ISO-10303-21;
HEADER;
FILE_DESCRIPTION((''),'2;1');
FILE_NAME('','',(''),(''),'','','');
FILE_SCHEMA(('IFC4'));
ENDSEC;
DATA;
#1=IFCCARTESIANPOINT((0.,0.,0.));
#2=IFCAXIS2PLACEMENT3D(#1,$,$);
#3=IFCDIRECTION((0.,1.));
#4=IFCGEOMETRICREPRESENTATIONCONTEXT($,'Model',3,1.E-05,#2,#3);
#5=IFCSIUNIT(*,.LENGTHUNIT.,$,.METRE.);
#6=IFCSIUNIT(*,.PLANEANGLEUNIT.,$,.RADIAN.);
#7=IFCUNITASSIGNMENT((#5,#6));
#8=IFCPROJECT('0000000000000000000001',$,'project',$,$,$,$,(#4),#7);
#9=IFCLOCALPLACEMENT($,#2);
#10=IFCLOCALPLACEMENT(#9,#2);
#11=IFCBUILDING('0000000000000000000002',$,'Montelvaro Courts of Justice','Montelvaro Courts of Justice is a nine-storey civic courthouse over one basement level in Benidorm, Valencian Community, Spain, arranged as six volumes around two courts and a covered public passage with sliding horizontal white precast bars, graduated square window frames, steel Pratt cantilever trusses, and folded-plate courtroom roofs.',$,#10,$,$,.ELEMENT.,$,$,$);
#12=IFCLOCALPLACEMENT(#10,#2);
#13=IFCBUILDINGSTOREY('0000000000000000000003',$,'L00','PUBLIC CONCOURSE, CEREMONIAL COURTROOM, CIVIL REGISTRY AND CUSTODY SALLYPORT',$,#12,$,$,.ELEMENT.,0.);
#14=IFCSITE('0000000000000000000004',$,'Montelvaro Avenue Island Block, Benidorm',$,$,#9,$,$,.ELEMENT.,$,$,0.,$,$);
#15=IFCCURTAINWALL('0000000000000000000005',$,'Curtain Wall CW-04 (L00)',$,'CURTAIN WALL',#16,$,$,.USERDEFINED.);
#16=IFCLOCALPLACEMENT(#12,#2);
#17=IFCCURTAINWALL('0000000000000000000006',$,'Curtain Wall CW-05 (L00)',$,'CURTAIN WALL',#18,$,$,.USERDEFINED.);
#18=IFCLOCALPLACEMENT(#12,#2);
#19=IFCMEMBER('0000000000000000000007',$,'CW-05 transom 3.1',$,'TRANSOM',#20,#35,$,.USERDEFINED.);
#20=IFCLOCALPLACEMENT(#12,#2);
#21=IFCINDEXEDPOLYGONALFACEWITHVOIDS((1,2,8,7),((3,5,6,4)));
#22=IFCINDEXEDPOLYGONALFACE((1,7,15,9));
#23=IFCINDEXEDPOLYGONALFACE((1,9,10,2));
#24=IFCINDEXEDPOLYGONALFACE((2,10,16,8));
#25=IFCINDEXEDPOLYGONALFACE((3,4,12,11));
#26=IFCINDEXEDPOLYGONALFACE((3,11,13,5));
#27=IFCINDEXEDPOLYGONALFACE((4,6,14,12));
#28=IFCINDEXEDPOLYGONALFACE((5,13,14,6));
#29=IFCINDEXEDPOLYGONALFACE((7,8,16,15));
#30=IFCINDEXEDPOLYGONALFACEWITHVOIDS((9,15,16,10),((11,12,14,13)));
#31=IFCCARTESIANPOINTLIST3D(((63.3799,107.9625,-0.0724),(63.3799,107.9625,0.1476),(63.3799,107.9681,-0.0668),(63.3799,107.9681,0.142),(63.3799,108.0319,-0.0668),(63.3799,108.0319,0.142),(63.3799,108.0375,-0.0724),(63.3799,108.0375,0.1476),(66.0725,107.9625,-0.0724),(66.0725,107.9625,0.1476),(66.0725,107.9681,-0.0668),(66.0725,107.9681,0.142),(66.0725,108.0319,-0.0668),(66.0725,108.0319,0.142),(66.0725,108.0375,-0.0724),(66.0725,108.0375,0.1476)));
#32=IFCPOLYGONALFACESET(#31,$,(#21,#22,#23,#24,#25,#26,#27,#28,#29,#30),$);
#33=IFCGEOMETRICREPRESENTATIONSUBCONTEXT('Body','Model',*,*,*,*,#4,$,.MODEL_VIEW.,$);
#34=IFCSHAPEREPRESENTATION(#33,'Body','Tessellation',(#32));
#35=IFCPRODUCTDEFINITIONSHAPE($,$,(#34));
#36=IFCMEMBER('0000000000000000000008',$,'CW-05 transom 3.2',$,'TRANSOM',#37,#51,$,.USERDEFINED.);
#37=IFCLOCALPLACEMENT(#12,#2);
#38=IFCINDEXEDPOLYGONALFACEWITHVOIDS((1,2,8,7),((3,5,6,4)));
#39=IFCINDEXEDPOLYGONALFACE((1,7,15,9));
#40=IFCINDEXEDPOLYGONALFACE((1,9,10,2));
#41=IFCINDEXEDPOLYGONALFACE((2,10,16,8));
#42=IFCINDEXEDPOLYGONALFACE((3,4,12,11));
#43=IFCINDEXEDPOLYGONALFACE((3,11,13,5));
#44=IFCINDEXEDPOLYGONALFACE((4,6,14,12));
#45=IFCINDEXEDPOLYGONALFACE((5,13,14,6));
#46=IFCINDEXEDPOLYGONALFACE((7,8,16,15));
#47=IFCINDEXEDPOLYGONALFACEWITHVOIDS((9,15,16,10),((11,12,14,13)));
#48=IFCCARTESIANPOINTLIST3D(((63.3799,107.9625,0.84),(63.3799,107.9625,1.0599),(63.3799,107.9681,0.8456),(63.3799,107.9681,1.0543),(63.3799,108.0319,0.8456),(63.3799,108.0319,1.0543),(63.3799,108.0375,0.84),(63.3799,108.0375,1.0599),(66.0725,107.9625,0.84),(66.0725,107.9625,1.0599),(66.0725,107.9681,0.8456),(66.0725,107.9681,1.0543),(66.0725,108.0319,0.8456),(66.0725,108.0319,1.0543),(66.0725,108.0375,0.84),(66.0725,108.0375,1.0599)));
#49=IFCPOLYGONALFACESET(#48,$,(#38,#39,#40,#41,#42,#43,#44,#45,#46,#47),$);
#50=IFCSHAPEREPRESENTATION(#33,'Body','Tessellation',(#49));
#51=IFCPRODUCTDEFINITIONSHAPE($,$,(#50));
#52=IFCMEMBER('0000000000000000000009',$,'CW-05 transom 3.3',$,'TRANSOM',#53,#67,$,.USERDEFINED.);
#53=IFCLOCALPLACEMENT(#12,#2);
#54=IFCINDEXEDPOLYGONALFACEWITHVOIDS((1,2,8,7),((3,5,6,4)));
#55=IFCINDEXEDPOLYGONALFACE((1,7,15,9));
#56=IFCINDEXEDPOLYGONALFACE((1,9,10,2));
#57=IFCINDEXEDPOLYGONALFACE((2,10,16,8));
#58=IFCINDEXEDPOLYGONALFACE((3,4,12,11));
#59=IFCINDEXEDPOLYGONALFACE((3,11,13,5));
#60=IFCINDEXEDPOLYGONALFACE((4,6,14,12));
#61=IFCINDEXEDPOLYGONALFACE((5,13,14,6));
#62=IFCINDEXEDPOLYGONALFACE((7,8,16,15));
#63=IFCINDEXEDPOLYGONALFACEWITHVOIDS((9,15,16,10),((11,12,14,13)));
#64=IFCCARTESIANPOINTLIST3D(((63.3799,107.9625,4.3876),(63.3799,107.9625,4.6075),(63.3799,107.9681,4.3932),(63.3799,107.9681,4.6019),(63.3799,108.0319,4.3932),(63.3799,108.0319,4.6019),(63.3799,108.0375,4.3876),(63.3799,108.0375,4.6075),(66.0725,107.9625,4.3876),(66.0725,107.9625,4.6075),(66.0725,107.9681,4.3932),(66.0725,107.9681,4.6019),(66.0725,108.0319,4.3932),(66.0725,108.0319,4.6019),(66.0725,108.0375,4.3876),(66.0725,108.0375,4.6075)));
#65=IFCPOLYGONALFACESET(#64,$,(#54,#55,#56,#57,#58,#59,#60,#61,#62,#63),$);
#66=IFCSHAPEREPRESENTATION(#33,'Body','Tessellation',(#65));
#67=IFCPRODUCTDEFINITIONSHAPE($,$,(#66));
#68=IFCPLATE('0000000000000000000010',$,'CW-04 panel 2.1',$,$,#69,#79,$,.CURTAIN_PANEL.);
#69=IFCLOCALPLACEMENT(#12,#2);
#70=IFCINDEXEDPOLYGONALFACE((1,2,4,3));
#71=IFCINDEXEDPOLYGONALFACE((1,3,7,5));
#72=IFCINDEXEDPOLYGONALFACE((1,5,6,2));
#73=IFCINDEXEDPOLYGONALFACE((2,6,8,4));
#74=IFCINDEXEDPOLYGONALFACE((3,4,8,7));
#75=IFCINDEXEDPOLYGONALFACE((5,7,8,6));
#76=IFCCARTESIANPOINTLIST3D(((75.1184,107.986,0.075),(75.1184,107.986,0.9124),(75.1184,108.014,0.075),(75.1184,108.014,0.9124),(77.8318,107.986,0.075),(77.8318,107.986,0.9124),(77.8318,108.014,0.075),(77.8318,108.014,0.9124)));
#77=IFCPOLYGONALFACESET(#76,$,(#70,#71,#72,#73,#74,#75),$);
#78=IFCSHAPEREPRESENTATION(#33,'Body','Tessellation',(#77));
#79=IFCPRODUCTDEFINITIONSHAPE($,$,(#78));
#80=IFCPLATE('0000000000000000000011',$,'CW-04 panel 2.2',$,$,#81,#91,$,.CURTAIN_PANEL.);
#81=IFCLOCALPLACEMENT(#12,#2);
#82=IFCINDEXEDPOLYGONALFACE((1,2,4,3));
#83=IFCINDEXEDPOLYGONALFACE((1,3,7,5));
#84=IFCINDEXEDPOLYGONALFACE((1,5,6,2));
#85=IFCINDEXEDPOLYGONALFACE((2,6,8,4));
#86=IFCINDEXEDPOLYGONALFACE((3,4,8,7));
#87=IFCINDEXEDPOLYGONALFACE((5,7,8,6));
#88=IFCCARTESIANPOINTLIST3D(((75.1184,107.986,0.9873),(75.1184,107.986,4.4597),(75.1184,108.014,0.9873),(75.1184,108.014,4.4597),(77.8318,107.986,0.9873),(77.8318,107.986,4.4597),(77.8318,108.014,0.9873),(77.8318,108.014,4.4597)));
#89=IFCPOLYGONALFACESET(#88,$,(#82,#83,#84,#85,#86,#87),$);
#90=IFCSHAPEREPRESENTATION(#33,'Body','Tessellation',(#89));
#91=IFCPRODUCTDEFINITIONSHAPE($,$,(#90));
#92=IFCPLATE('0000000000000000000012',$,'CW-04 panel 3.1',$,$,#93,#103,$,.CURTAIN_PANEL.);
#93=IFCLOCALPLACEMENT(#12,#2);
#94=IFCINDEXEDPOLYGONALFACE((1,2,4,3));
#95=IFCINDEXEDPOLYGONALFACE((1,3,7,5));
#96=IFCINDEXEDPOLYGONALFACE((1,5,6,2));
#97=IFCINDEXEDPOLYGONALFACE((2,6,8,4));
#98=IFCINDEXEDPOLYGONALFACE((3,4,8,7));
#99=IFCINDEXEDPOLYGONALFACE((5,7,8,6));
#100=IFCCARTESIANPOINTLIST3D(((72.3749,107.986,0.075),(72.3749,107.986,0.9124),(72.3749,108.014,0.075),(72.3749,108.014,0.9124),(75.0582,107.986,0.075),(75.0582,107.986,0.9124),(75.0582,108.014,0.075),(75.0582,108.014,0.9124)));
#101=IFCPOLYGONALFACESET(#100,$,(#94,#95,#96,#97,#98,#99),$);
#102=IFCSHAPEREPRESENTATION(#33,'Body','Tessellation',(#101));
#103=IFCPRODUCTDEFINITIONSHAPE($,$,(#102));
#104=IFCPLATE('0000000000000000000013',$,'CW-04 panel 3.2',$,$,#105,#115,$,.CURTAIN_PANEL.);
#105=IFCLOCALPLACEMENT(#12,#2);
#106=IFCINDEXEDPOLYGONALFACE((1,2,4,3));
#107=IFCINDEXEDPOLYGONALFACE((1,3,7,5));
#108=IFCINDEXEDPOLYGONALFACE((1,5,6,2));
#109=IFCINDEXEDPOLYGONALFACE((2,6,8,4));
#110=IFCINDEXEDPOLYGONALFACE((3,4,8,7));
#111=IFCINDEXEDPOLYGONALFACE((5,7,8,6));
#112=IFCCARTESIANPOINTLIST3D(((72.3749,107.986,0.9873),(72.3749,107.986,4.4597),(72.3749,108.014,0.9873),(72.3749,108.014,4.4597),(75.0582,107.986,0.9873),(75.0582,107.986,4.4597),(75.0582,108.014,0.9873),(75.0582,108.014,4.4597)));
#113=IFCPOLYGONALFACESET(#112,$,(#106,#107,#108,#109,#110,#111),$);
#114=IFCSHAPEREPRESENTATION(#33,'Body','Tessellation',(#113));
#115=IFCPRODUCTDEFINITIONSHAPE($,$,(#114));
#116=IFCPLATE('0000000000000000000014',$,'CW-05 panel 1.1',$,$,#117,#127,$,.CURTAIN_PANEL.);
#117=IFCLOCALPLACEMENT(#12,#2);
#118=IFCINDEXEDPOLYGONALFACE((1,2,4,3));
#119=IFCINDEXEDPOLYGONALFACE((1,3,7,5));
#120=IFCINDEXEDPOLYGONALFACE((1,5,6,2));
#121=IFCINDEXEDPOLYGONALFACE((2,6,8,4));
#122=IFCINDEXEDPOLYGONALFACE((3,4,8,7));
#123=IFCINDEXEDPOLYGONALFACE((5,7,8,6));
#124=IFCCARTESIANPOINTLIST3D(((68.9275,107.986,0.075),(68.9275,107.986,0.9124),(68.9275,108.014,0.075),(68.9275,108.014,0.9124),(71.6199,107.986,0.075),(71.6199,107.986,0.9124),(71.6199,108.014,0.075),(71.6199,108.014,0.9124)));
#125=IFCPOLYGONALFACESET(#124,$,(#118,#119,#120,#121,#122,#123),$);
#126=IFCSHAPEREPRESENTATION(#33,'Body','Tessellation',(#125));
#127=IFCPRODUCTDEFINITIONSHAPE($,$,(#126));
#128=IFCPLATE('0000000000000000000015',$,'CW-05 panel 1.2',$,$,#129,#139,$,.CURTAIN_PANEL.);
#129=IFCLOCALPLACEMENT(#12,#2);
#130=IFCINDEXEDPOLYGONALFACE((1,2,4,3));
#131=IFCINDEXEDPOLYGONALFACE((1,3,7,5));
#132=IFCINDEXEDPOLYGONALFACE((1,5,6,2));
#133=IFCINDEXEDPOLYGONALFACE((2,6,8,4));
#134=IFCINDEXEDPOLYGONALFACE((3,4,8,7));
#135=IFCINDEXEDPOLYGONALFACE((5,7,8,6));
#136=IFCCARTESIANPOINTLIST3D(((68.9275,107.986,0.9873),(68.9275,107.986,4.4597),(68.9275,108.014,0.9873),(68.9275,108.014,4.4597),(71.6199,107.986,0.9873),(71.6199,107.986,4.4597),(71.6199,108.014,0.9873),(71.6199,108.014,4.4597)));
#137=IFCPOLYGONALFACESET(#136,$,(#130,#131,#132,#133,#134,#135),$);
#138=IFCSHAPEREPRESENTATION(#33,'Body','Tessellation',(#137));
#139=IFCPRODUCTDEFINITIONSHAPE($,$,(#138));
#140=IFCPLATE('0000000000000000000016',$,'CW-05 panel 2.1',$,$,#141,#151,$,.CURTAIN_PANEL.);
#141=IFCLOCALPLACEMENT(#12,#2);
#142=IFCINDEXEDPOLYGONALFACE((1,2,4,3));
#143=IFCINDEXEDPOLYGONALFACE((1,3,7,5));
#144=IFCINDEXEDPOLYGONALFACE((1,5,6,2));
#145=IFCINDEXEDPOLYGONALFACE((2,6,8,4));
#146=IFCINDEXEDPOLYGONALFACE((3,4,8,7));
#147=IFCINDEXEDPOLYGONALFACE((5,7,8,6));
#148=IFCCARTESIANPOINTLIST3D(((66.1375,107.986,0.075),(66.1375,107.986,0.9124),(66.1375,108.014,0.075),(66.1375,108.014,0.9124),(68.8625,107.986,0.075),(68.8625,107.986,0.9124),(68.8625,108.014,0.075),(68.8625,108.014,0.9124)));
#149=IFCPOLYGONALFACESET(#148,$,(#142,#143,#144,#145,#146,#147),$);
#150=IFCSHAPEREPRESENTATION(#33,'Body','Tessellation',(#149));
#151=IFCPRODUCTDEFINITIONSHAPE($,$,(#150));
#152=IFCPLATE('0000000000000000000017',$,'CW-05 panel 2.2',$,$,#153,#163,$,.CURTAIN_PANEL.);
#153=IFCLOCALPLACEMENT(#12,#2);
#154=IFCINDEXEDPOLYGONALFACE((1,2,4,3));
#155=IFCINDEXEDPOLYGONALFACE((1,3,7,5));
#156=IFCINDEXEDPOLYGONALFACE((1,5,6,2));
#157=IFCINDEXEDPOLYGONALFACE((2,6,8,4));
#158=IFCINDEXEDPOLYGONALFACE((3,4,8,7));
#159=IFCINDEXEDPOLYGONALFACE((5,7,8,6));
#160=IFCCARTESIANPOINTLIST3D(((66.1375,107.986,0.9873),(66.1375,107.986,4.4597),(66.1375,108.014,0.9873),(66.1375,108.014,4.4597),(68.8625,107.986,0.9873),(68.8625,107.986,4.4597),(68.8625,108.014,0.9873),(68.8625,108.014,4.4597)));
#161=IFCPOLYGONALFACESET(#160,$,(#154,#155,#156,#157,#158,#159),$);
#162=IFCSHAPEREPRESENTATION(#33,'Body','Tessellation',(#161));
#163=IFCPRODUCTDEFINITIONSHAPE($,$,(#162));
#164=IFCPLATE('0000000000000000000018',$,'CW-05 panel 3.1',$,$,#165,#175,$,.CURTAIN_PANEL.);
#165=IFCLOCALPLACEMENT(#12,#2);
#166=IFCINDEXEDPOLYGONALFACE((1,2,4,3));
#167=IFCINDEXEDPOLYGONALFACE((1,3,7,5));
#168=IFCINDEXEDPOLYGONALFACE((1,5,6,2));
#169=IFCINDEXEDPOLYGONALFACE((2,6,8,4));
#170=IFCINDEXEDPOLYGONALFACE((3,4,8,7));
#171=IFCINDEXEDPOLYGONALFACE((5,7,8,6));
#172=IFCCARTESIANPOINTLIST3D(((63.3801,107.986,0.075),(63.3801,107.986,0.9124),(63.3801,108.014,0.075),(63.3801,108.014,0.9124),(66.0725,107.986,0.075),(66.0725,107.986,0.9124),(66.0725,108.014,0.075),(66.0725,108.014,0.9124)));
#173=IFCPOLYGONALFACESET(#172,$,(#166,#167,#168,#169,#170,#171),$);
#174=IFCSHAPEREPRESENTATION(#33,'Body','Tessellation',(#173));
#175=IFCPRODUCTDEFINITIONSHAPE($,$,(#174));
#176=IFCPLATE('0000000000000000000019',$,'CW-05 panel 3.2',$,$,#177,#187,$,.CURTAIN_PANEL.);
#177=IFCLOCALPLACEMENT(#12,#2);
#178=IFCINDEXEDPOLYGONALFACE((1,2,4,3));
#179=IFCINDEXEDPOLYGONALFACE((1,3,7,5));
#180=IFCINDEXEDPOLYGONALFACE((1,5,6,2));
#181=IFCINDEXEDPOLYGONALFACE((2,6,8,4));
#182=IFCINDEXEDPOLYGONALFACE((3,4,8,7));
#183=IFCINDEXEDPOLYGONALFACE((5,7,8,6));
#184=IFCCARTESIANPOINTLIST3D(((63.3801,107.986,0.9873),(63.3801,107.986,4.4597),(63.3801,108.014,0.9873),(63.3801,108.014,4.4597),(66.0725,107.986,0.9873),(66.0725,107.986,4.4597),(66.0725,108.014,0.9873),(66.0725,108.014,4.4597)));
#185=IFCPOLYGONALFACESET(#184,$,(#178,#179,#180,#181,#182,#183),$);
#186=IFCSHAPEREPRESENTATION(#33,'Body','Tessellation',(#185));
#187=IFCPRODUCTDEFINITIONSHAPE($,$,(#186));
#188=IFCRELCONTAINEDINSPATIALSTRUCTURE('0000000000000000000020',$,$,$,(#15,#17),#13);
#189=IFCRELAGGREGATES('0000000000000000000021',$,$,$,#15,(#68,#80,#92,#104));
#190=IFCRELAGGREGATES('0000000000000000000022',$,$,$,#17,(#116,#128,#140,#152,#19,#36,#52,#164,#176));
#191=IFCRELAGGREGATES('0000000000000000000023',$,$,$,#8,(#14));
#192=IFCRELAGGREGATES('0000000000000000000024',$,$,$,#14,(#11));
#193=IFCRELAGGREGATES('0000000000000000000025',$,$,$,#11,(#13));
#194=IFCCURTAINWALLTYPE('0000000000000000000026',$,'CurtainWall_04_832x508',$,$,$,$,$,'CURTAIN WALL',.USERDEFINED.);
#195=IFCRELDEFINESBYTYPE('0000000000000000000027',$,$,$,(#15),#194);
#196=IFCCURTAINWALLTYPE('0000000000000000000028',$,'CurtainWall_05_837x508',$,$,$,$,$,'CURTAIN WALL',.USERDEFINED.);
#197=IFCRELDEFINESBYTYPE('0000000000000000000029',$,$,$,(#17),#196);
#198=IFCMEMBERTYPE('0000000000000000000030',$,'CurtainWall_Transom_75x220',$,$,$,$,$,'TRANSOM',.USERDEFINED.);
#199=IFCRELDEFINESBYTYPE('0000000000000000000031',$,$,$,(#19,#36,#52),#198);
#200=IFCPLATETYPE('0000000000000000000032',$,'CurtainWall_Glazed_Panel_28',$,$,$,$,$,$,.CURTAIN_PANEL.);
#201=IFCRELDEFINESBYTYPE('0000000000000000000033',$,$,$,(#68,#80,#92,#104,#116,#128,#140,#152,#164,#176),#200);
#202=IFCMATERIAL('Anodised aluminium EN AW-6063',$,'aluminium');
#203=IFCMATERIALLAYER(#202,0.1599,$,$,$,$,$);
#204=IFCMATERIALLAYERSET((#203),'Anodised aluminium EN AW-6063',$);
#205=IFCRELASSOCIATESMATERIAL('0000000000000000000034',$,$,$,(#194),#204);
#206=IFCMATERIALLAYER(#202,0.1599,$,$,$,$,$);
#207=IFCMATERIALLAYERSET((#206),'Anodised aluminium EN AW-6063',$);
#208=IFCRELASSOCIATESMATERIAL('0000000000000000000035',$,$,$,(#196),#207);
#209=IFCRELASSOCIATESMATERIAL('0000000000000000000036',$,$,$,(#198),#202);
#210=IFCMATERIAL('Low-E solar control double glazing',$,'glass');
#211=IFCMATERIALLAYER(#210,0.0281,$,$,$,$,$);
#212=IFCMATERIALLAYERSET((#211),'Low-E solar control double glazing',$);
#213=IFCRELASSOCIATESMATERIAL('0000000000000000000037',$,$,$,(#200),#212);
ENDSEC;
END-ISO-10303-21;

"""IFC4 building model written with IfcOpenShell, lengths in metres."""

from ifc_helpers import new_model, si_unit, direction, frame, origin, origin_2d, place, context, subcontext, project, spatial, rectangle, hollow_rectangle, extrude, material, layer, layer_set, material_profile, profile_set, type_object, element, aggregate, save


model = new_model("IFC4")

# Units and contexts
model_context = context("Model", 3, precision=1e-05, world=origin(), true_north=direction((0.0, 1.0)))
body_context = subcontext(model_context, "Body", "Model", "MODEL_VIEW")
ifc_project = project(units=[si_unit("LENGTHUNIT", "METRE"), si_unit("PLANEANGLEUNIT", "RADIAN")], contexts=[model_context])

# Site, building, storey
site_placement = place(None, origin())
site = spatial("IfcSite", under=ifc_project, at=site_placement, Name="Montelvaro Avenue Island Block, Benidorm", CompositionType="ELEMENT", RefElevation=0.0)
building_placement = place(site_placement, origin())
building = spatial("IfcBuilding", under=site, at=building_placement, Name="Montelvaro Courts of Justice", Description="Montelvaro Courts of Justice is a nine-storey civic courthouse over one basement level in Benidorm, Valencian Community, Spain, arranged as six volumes around two courts and a covered public passage with sliding horizontal white precast bars, graduated square window frames, steel Pratt cantilever trusses, and folded-plate courtroom roofs.", CompositionType="ELEMENT")
storey_placement = place(building_placement, origin())
storey = spatial("IfcBuildingStorey", under=building, at=storey_placement, Name="L00", Description="PUBLIC CONCOURSE, CEREMONIAL COURTROOM, CIVIL REGISTRY AND CUSTODY SALLYPORT", CompositionType="ELEMENT", Elevation=0.0)

# Curtain walls
ifc_material_1 = material(Name="Anodised aluminium EN AW-6063", Category="aluminium")
ifc_layer_1 = layer(ifc_material_1, 0.1599)
ifc_layer_set_1 = layer_set([ifc_layer_1], Name="Anodised aluminium EN AW-6063")
curtain_wall_type_1 = type_object("IfcCurtainWallType", Name="CurtainWall_04_832x508", ElementType="CURTAIN WALL", PredefinedType="USERDEFINED", material=ifc_layer_set_1)
curtain_wall_1_placement = place(storey_placement, origin())
curtain_wall_1 = element("IfcCurtainWall", 1, at=curtain_wall_1_placement, inside=storey, type_object=curtain_wall_type_1, Name="Curtain Wall CW-04 (L00)", ObjectType="CURTAIN WALL", PredefinedType="USERDEFINED")
ifc_layer_2 = layer(ifc_material_1, 0.1599)
ifc_layer_set_2 = layer_set([ifc_layer_2], Name="Anodised aluminium EN AW-6063")
curtain_wall_type_2 = type_object("IfcCurtainWallType", Name="CurtainWall_05_837x508", ElementType="CURTAIN WALL", PredefinedType="USERDEFINED", material=ifc_layer_set_2)
curtain_wall_2_placement = place(storey_placement, origin())
curtain_wall_2 = element("IfcCurtainWall", 2, at=curtain_wall_2_placement, inside=storey, type_object=curtain_wall_type_2, Name="Curtain Wall CW-05 (L00)", ObjectType="CURTAIN WALL", PredefinedType="USERDEFINED")

# Members
ifc_material_profile_1 = material_profile(ifc_material_1, hollow_rectangle(XDim=0.075, YDim=0.22, WallThickness=0.0056, at=origin_2d()), Name="ALU-T 75x220")
ifc_profile_set_1 = profile_set([ifc_material_profile_1], Name="Anodised aluminium EN AW-6063")
member_type_1 = type_object("IfcMemberType", Name="CurtainWall_Transom_75x220", ElementType="TRANSOM", PredefinedType="USERDEFINED", material=ifc_profile_set_1)
member_1_placement = place(storey_placement, frame((66.0725, 108.0, 0.0376), z_axis=(-1.0, 0.0, 0.0), x_axis=(0.0, -1.0, 0.0)))
member_1 = element("IfcMember", 3, at=member_1_placement, type_object=member_type_1, Name="CW-05 transom 3.1", ObjectType="TRANSOM", PredefinedType="USERDEFINED", context=body_context, shape_type="SweptSolid", body=[
    extrude(hollow_rectangle(XDim=0.075, YDim=0.22, WallThickness=0.0056, at=origin_2d()), origin(), (0.0, 0.0, 1.0), 2.6926),
])
member_2_placement = place(storey_placement, frame((66.0725, 108.0, 0.95), z_axis=(-1.0, 0.0, 0.0), x_axis=(0.0, -1.0, 0.0)))
member_2 = element("IfcMember", 4, at=member_2_placement, type_object=member_type_1, Name="CW-05 transom 3.2", ObjectType="TRANSOM", PredefinedType="USERDEFINED", context=body_context, shape_type="SweptSolid", body=[
    extrude(hollow_rectangle(XDim=0.075, YDim=0.22, WallThickness=0.0056, at=origin_2d()), origin(), (0.0, 0.0, 1.0), 2.6926),
])
member_3_placement = place(storey_placement, frame((66.0725, 108.0, 4.4976), z_axis=(-1.0, 0.0, 0.0), x_axis=(0.0, -1.0, 0.0)))
member_3 = element("IfcMember", 5, at=member_3_placement, type_object=member_type_1, Name="CW-05 transom 3.3", ObjectType="TRANSOM", PredefinedType="USERDEFINED", context=body_context, shape_type="SweptSolid", body=[
    extrude(hollow_rectangle(XDim=0.075, YDim=0.22, WallThickness=0.0056, at=origin_2d()), origin(), (0.0, 0.0, 1.0), 2.6926),
])

# Plates
ifc_material_2 = material(Name="Low-E solar control double glazing", Category="glass")
ifc_layer_3 = layer(ifc_material_2, 0.0281)
ifc_layer_set_3 = layer_set([ifc_layer_3], Name="Low-E solar control double glazing")
plate_type = type_object("IfcPlateType", Name="CurtainWall_Glazed_Panel_28", PredefinedType="CURTAIN_PANEL", material=ifc_layer_set_3)
plate_1_placement = place(storey_placement, frame((76.4751, 108.0, 0.075), z_axis=(0.0, 0.0, 1.0), x_axis=(-1.0, 0.0, 0.0)))
plate_1 = element("IfcPlate", 6, at=plate_1_placement, type_object=plate_type, Name="CW-04 panel 2.1", PredefinedType="CURTAIN_PANEL", context=body_context, shape_type="SweptSolid", body=[
    extrude(rectangle(XDim=2.7134, YDim=0.0281, at=origin_2d()), origin(), (0.0, 0.0, 1.0), 0.8374),
])
plate_2_placement = place(storey_placement, frame((76.4751, 108.0, 0.9873), z_axis=(0.0, 0.0, 1.0), x_axis=(-1.0, 0.0, 0.0)))
plate_2 = element("IfcPlate", 7, at=plate_2_placement, type_object=plate_type, Name="CW-04 panel 2.2", PredefinedType="CURTAIN_PANEL", context=body_context, shape_type="SweptSolid", body=[
    extrude(rectangle(XDim=2.7134, YDim=0.0281, at=origin_2d()), origin(), (0.0, 0.0, 1.0), 3.4724),
])
plate_3_placement = place(storey_placement, frame((73.7166, 108.0, 0.075), z_axis=(0.0, 0.0, 1.0), x_axis=(-1.0, 0.0, 0.0)))
plate_3 = element("IfcPlate", 8, at=plate_3_placement, type_object=plate_type, Name="CW-04 panel 3.1", PredefinedType="CURTAIN_PANEL", context=body_context, shape_type="SweptSolid", body=[
    extrude(rectangle(XDim=2.6833, YDim=0.0281, at=origin_2d()), origin(), (0.0, 0.0, 1.0), 0.8374),
])
plate_4_placement = place(storey_placement, frame((73.7166, 108.0, 0.9873), z_axis=(0.0, 0.0, 1.0), x_axis=(-1.0, 0.0, 0.0)))
plate_4 = element("IfcPlate", 9, at=plate_4_placement, type_object=plate_type, Name="CW-04 panel 3.2", PredefinedType="CURTAIN_PANEL", context=body_context, shape_type="SweptSolid", body=[
    extrude(rectangle(XDim=2.6833, YDim=0.0281, at=origin_2d()), origin(), (0.0, 0.0, 1.0), 3.4724),
])
aggregate(curtain_wall_1, [plate_1, plate_2, plate_3, plate_4])
plate_5_placement = place(storey_placement, frame((70.2737, 108.0, 0.075), z_axis=(0.0, 0.0, 1.0), x_axis=(-1.0, 0.0, 0.0)))
plate_5 = element("IfcPlate", 10, at=plate_5_placement, type_object=plate_type, Name="CW-05 panel 1.1", PredefinedType="CURTAIN_PANEL", context=body_context, shape_type="SweptSolid", body=[
    extrude(rectangle(XDim=2.6924, YDim=0.0281, at=origin_2d()), origin(), (0.0, 0.0, 1.0), 0.8374),
])
plate_6_placement = place(storey_placement, frame((70.2737, 108.0, 0.9873), z_axis=(0.0, 0.0, 1.0), x_axis=(-1.0, 0.0, 0.0)))
plate_6 = element("IfcPlate", 11, at=plate_6_placement, type_object=plate_type, Name="CW-05 panel 1.2", PredefinedType="CURTAIN_PANEL", context=body_context, shape_type="SweptSolid", body=[
    extrude(rectangle(XDim=2.6924, YDim=0.0281, at=origin_2d()), origin(), (0.0, 0.0, 1.0), 3.4724),
])
plate_7_placement = place(storey_placement, frame((67.5, 108.0, 0.075), z_axis=(0.0, 0.0, 1.0), x_axis=(-1.0, 0.0, 0.0)))
plate_7 = element("IfcPlate", 12, at=plate_7_placement, type_object=plate_type, Name="CW-05 panel 2.1", PredefinedType="CURTAIN_PANEL", context=body_context, shape_type="SweptSolid", body=[
    extrude(rectangle(XDim=2.7251, YDim=0.0281, at=origin_2d()), origin(), (0.0, 0.0, 1.0), 0.8374),
])
plate_8_placement = place(storey_placement, frame((67.5, 108.0, 0.9873), z_axis=(0.0, 0.0, 1.0), x_axis=(-1.0, 0.0, 0.0)))
plate_8 = element("IfcPlate", 13, at=plate_8_placement, type_object=plate_type, Name="CW-05 panel 2.2", PredefinedType="CURTAIN_PANEL", context=body_context, shape_type="SweptSolid", body=[
    extrude(rectangle(XDim=2.7251, YDim=0.0281, at=origin_2d()), origin(), (0.0, 0.0, 1.0), 3.4724),
])
plate_9_placement = place(storey_placement, frame((64.7263, 108.0, 0.075), z_axis=(0.0, 0.0, 1.0), x_axis=(-1.0, 0.0, 0.0)))
plate_9 = element("IfcPlate", 14, at=plate_9_placement, type_object=plate_type, Name="CW-05 panel 3.1", PredefinedType="CURTAIN_PANEL", context=body_context, shape_type="SweptSolid", body=[
    extrude(rectangle(XDim=2.6924, YDim=0.0281, at=origin_2d()), origin(), (0.0, 0.0, 1.0), 0.8374),
])
plate_10_placement = place(storey_placement, frame((64.7263, 108.0, 0.9873), z_axis=(0.0, 0.0, 1.0), x_axis=(-1.0, 0.0, 0.0)))
plate_10 = element("IfcPlate", 15, at=plate_10_placement, type_object=plate_type, Name="CW-05 panel 3.2", PredefinedType="CURTAIN_PANEL", context=body_context, shape_type="SweptSolid", body=[
    extrude(rectangle(XDim=2.6924, YDim=0.0281, at=origin_2d()), origin(), (0.0, 0.0, 1.0), 3.4724),
])
aggregate(curtain_wall_2, [plate_5, plate_6, plate_7, plate_8, member_1, member_2, member_3, plate_9, plate_10])

save(model, "model.ifc")
